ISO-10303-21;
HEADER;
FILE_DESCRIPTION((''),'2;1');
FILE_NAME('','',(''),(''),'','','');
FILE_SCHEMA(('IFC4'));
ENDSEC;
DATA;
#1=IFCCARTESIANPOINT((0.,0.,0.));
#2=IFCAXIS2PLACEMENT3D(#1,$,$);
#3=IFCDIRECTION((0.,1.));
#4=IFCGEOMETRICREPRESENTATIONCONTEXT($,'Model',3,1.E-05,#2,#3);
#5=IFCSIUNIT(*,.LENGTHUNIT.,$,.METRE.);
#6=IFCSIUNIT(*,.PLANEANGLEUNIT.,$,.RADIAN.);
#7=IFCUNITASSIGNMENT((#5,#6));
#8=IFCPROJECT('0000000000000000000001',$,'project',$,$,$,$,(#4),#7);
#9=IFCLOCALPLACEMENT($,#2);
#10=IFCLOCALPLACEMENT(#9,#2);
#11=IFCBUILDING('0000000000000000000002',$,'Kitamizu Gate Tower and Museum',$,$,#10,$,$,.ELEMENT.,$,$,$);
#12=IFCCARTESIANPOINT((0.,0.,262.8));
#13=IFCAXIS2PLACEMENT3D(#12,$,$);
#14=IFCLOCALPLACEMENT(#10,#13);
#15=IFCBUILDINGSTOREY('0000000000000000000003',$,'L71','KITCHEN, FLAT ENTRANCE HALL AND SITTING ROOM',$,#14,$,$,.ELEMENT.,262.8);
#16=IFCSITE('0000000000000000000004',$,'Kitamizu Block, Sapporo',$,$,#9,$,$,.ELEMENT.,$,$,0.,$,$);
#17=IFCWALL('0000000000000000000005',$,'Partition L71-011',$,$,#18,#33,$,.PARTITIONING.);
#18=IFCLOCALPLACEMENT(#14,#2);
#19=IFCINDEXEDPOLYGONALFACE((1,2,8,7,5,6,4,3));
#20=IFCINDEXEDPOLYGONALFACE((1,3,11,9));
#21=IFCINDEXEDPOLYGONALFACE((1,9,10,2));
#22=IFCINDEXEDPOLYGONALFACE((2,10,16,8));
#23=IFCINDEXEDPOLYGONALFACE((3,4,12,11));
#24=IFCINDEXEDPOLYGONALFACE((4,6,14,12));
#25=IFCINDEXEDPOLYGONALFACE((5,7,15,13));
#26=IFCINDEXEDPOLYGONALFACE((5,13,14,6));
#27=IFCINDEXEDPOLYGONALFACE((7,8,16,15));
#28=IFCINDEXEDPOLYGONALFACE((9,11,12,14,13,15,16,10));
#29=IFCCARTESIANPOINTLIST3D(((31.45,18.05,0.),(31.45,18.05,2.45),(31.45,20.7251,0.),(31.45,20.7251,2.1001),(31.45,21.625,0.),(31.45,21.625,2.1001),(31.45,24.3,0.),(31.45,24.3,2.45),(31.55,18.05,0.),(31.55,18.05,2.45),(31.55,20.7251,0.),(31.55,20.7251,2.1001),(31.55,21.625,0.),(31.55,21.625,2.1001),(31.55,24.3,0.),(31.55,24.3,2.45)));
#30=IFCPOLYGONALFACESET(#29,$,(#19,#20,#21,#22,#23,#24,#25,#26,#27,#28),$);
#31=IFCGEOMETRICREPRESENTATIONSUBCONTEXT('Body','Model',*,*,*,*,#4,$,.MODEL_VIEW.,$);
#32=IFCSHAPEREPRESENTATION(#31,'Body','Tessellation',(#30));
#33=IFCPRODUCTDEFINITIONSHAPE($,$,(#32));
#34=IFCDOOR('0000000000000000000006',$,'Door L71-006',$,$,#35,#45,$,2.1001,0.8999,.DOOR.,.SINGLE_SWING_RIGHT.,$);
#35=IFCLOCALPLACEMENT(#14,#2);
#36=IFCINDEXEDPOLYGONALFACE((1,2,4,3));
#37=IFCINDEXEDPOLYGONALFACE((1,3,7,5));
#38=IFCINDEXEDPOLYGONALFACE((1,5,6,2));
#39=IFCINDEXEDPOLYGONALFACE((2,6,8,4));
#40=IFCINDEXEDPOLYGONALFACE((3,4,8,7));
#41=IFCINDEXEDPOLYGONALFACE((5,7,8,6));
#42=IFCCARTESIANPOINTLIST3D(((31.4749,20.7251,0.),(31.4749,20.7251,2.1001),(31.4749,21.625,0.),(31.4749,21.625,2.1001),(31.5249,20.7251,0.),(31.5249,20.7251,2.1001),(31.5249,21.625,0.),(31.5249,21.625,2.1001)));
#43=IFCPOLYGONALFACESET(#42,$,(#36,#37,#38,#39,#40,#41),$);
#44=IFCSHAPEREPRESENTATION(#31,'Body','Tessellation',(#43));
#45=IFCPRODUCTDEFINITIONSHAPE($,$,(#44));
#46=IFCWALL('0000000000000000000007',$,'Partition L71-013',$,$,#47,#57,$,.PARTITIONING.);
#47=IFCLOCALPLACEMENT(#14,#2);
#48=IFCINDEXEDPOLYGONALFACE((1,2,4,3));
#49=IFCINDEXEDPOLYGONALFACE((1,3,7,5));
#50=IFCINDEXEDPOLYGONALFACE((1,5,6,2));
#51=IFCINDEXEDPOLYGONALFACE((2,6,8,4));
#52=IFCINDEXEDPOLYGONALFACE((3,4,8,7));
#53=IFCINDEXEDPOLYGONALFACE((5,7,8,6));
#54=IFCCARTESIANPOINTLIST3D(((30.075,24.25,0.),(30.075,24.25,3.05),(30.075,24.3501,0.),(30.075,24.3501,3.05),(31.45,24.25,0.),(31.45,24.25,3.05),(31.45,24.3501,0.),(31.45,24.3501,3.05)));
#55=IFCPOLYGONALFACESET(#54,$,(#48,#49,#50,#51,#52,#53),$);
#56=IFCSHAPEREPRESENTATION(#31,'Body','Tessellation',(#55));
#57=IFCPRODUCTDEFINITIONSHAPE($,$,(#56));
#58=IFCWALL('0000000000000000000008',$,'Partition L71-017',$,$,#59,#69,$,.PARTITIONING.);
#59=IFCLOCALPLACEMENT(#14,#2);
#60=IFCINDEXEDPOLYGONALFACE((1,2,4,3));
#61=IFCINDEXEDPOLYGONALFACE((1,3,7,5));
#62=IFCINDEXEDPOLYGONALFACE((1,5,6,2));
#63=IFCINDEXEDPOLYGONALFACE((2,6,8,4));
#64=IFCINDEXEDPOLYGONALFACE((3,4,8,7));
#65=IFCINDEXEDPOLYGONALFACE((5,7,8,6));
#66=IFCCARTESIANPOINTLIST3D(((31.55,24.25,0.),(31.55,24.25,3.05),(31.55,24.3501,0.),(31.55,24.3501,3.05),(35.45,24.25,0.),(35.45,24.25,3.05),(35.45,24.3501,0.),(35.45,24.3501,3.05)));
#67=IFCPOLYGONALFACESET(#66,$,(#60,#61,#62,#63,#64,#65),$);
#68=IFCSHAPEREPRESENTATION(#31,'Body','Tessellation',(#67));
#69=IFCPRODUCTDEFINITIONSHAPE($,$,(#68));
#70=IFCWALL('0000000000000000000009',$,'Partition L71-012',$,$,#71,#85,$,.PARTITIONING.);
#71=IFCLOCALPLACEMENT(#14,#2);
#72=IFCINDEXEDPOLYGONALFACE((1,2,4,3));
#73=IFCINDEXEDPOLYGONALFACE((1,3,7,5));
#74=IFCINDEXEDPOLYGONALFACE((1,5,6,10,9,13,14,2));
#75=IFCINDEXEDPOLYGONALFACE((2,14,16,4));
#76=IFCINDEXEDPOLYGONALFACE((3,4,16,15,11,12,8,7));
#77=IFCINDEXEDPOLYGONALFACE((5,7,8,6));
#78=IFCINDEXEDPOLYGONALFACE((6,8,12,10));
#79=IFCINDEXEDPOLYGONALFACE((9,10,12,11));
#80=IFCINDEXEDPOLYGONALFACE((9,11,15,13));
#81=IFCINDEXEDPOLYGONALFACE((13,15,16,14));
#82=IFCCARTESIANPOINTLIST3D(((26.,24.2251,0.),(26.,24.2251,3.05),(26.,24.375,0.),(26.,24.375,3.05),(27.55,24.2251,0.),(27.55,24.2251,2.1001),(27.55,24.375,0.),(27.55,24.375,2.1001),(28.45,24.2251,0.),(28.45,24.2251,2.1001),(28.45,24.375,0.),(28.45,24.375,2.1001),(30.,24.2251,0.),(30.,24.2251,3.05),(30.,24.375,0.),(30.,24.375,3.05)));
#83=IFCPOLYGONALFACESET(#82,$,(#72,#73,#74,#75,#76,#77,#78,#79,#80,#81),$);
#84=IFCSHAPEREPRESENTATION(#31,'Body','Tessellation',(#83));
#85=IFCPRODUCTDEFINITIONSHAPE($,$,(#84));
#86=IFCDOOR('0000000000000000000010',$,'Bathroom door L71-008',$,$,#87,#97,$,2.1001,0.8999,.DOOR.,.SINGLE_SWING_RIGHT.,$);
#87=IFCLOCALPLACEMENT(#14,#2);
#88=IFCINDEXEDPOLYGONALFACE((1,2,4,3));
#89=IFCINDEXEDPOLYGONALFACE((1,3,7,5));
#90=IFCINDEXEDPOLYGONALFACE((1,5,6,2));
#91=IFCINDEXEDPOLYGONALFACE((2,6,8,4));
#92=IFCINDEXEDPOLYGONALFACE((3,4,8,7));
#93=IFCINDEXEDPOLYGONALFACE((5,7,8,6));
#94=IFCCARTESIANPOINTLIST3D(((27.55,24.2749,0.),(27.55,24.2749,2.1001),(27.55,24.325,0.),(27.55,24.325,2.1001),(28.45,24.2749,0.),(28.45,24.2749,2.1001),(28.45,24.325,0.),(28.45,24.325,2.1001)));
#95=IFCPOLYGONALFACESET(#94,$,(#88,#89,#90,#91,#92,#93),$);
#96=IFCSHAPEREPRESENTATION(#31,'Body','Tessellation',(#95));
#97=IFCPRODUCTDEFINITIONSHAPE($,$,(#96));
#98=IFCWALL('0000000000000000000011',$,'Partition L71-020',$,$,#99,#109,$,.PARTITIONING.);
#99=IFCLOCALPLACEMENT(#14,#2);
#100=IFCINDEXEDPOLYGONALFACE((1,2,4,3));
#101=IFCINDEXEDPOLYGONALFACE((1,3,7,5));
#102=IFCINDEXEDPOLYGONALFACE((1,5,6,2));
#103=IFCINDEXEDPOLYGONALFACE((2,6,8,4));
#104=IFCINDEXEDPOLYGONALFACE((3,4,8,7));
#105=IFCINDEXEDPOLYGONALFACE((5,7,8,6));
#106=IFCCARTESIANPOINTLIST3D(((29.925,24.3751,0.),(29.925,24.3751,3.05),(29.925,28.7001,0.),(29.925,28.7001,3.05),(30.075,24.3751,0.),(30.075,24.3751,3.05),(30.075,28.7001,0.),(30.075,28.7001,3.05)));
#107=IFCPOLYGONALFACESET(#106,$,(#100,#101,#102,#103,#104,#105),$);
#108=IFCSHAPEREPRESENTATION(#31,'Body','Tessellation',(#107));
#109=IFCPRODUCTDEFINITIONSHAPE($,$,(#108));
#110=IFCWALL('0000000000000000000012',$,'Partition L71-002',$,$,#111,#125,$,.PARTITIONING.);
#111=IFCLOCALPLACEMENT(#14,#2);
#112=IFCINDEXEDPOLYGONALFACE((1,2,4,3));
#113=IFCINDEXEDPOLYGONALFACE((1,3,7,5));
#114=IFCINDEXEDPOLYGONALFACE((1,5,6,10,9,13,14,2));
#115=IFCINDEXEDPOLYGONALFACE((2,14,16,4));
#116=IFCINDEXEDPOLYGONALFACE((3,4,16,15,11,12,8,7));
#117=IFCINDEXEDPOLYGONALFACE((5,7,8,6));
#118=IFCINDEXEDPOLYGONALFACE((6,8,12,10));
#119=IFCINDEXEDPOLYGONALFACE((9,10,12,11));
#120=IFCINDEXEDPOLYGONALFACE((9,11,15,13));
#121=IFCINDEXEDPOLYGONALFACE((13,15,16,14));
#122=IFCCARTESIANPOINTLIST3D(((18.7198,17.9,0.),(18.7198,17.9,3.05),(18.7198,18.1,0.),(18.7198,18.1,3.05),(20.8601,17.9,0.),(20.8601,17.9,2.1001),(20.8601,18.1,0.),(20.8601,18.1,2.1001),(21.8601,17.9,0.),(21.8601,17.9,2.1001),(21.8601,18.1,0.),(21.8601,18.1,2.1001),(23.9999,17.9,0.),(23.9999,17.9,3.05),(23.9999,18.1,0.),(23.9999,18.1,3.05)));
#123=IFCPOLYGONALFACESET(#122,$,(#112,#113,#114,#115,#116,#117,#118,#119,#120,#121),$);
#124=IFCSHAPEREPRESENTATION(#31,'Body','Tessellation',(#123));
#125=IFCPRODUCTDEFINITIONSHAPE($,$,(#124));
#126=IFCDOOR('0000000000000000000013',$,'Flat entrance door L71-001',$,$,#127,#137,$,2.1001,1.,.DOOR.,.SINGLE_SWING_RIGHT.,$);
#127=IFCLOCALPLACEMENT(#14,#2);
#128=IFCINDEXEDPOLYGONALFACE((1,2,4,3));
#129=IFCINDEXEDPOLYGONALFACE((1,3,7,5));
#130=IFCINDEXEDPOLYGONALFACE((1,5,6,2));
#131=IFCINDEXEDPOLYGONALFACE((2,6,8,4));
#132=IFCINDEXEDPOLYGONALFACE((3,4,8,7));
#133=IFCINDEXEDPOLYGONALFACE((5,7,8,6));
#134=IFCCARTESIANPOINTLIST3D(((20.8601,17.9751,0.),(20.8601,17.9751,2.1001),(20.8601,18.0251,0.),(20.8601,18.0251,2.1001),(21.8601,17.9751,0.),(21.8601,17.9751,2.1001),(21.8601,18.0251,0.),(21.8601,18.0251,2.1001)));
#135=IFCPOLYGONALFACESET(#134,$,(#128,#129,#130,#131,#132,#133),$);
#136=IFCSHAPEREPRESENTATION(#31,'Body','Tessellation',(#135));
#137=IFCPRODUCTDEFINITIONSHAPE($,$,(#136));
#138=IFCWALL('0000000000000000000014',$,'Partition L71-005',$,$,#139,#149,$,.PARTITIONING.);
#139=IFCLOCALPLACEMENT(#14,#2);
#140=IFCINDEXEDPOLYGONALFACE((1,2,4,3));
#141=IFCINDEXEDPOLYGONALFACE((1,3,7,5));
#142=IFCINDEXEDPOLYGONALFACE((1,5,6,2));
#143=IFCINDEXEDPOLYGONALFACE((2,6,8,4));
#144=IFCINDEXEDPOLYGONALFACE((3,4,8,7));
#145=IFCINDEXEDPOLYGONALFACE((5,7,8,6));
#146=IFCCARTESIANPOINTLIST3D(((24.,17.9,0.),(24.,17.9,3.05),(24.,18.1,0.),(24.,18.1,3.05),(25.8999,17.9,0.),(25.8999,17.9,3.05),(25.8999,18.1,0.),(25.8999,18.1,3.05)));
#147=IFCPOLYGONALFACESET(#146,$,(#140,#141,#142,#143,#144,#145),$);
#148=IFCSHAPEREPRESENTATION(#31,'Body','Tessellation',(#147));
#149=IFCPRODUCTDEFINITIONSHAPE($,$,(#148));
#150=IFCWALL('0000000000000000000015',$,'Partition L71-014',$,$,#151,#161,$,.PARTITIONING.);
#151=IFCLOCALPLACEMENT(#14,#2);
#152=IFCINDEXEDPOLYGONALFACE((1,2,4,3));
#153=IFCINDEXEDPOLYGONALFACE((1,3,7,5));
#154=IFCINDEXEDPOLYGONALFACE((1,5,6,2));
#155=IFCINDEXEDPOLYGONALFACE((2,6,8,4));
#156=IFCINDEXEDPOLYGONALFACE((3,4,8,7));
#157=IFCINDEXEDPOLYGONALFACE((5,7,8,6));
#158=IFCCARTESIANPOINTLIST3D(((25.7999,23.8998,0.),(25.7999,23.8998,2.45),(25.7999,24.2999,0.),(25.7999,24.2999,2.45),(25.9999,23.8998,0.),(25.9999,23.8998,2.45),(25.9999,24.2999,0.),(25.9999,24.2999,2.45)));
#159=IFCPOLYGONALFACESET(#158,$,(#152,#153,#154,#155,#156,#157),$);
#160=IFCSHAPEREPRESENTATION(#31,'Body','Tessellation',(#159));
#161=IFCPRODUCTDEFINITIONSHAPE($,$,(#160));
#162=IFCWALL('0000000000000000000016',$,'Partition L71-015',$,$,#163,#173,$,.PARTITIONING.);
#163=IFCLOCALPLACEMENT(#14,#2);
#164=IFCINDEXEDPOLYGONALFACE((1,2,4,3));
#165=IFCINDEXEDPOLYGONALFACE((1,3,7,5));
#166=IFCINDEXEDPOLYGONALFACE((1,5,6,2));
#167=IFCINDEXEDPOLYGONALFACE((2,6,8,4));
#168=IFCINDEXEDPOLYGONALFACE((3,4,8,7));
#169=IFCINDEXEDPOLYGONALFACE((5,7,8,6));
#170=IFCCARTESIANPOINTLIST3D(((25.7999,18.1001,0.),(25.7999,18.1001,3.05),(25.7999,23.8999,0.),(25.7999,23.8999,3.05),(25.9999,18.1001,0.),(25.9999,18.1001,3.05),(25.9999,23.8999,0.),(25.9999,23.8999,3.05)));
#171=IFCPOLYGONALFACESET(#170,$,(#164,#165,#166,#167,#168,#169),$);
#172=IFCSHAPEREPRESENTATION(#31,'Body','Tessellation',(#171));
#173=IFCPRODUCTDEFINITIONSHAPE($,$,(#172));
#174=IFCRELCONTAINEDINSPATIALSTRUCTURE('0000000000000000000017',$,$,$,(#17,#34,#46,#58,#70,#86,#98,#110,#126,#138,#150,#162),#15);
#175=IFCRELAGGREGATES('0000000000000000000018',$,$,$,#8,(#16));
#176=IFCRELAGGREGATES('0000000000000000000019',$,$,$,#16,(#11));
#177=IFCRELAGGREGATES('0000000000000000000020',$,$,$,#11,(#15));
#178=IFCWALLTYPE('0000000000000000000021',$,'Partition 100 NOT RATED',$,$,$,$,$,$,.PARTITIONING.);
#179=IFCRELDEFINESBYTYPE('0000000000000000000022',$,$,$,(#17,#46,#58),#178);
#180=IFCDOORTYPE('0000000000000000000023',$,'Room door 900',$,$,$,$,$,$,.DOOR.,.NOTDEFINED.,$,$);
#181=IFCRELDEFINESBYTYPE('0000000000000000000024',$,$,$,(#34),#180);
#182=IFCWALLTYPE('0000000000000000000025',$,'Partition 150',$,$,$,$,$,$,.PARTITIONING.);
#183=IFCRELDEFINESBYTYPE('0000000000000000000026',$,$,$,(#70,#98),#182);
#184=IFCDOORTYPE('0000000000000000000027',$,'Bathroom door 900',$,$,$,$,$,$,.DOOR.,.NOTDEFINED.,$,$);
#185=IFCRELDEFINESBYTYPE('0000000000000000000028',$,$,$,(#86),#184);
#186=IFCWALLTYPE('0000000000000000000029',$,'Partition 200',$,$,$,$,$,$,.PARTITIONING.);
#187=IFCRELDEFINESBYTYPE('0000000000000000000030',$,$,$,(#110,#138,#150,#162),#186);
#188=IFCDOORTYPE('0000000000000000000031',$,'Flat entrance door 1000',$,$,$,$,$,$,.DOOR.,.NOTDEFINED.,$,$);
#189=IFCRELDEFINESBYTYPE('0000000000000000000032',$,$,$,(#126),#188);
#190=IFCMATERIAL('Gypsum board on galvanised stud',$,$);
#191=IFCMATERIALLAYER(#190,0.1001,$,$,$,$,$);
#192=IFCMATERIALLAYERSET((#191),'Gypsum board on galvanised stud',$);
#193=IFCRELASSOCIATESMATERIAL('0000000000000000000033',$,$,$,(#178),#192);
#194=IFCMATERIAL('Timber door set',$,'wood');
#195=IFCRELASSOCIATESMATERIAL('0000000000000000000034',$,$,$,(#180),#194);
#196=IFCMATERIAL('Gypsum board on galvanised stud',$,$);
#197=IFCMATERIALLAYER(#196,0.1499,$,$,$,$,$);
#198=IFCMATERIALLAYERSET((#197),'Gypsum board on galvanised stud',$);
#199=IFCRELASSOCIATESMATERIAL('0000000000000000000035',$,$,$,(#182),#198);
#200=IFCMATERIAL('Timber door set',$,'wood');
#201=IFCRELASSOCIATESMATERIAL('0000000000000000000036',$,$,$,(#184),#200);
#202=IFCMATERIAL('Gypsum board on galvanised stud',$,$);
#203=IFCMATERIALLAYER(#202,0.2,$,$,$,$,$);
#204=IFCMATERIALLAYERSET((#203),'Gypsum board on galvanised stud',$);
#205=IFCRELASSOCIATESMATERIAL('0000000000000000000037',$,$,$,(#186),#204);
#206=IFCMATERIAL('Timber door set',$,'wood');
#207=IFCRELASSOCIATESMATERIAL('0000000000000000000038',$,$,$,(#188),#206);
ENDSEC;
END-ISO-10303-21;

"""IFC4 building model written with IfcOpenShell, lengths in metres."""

from ifc_helpers import new_model, si_unit, direction, frame, frame_2d, origin, place, context, subcontext, project, spatial, rectangle, extrude, material, layer, layer_set, type_object, element, fill, save


model = new_model("IFC4")

# Units and contexts
model_context = context("Model", 3, precision=1e-05, world=origin(), true_north=direction((0.0, 1.0)))
body_context = subcontext(model_context, "Body", "Model", "MODEL_VIEW")
ifc_project = project(units=[si_unit("LENGTHUNIT", "METRE"), si_unit("PLANEANGLEUNIT", "RADIAN")], contexts=[model_context])

# Site, building, storey
site_placement = place(None, origin())
site = spatial("IfcSite", under=ifc_project, at=site_placement, Name="Kitamizu Block, Sapporo", CompositionType="ELEMENT", RefElevation=0.0)
building_placement = place(site_placement, origin())
building = spatial("IfcBuilding", under=site, at=building_placement, Name="Kitamizu Gate Tower and Museum", CompositionType="ELEMENT")
storey_placement = place(building_placement, frame((0.0, 0.0, 262.8)))
storey = spatial("IfcBuildingStorey", under=building, at=storey_placement, Name="L71", Description="KITCHEN, FLAT ENTRANCE HALL AND SITTING ROOM", CompositionType="ELEMENT", Elevation=262.8)

# Shared definitions
ifc_material_1 = material(Name="Gypsum board on galvanised stud")
ifc_layer_1 = layer(ifc_material_1, 0.1001)
ifc_layer_set_1 = layer_set([ifc_layer_1], Name="Gypsum board on galvanised stud")
wall_type_1 = type_object("IfcWallType", Name="Partition 100 NOT RATED", PredefinedType="PARTITIONING", material=ifc_layer_set_1)
ifc_material_2 = material(Name="Timber door set", Category="wood")
door_type_1 = type_object("IfcDoorType", Name="Room door 900", OperationType="NOTDEFINED", PredefinedType="DOOR", material=ifc_material_2)

# Wall, opening, door
wall_1_placement = place(storey_placement, frame((31.5, 18.05, 0.0), z_axis=(0.0, 0.0, 1.0), x_axis=(0.0, 1.0, 0.0)))
wall_1 = element("IfcWall", 1, at=wall_1_placement, inside=storey, type_object=wall_type_1, Name="Partition L71-011", PredefinedType="PARTITIONING", context=body_context, shape_type="SweptSolid", body=[
    extrude(rectangle(XDim=6.25, YDim=0.1001, at=frame_2d((3.125, 0.0))), origin(), (0.0, 0.0, 1.0), 2.45),
])
opening_1_placement = place(wall_1_placement, frame((2.675, 0.0, 0.0)))
opening_1 = element("IfcOpeningElement", 2, at=opening_1_placement, cuts=wall_1, PredefinedType="OPENING", context=body_context, shape_type="SweptSolid", body=[
    extrude(rectangle(XDim=0.8999, YDim=2.1001, at=frame_2d((0.45, 1.05))), frame((0.0, 0.0601, 0.0), z_axis=(0.0, -1.0, 0.0), x_axis=(1.0, 0.0, 0.0)), (0.0, 0.0, 1.0), 0.1201),
])
door_1_placement = place(opening_1_placement, frame((0.8999, 0.0, 0.0), x_axis=(-1.0, 0.0, 0.0)))
door_1 = element("IfcDoor", 3, at=door_1_placement, inside=storey, type_object=door_type_1, Name="Door L71-006", OperationType="SINGLE_SWING_RIGHT", OverallHeight=2.1001, OverallWidth=0.8999, PredefinedType="DOOR", context=body_context, shape_type="SweptSolid", body=[
    extrude(rectangle(XDim=0.8999, YDim=2.1001, at=frame_2d((0.45, 1.05))), frame((0.0, 0.0249, 0.0), z_axis=(0.0, -1.0, 0.0), x_axis=(1.0, 0.0, 0.0)), (0.0, 0.0, 1.0), 0.05),
])
fill(opening_1, door_1)

# Walls
wall_2_placement = place(storey_placement, frame((31.45, 24.3, 0.0), z_axis=(0.0, 0.0, 1.0), x_axis=(-1.0, 0.0, 0.0)))
element("IfcWall", 4, at=wall_2_placement, inside=storey, type_object=wall_type_1, Name="Partition L71-013", PredefinedType="PARTITIONING", context=body_context, shape_type="SweptSolid", body=[
    extrude(rectangle(XDim=1.375, YDim=0.1001, at=frame_2d((0.6875, 0.0))), origin(), (0.0, 0.0, 1.0), 3.05),
])
wall_3_placement = place(storey_placement, frame((35.45, 24.3, 0.0), z_axis=(0.0, 0.0, 1.0), x_axis=(-1.0, 0.0, 0.0)))
element("IfcWall", 5, at=wall_3_placement, inside=storey, type_object=wall_type_1, Name="Partition L71-017", PredefinedType="PARTITIONING", context=body_context, shape_type="SweptSolid", body=[
    extrude(rectangle(XDim=3.8999, YDim=0.1001, at=frame_2d((1.95, 0.0))), origin(), (0.0, 0.0, 1.0), 3.05),
])

# Wall, opening, door
ifc_material_3 = material(Name="Gypsum board on galvanised stud")
ifc_layer_2 = layer(ifc_material_3, 0.1499)
ifc_layer_set_2 = layer_set([ifc_layer_2], Name="Gypsum board on galvanised stud")
wall_type_2 = type_object("IfcWallType", Name="Partition 150", PredefinedType="PARTITIONING", material=ifc_layer_set_2)
wall_4_placement = place(storey_placement, frame((30.0, 24.3, 0.0), z_axis=(0.0, 0.0, 1.0), x_axis=(-1.0, 0.0, 0.0)))
wall_4 = element("IfcWall", 6, at=wall_4_placement, inside=storey, type_object=wall_type_2, Name="Partition L71-012", PredefinedType="PARTITIONING", context=body_context, shape_type="SweptSolid", body=[
    extrude(rectangle(XDim=4.0, YDim=0.1499, at=frame_2d((2.0, 0.0))), origin(), (0.0, 0.0, 1.0), 3.05),
])
opening_2_placement = place(wall_4_placement, frame((1.55, 0.0, 0.0)))
opening_2 = element("IfcOpeningElement", 7, at=opening_2_placement, cuts=wall_4, PredefinedType="OPENING", context=body_context, shape_type="SweptSolid", body=[
    extrude(rectangle(XDim=0.8999, YDim=2.1001, at=frame_2d((0.45, 1.05))), frame((0.0, 0.085, 0.0), z_axis=(0.0, -1.0, 0.0), x_axis=(1.0, 0.0, 0.0)), (0.0, 0.0, 1.0), 0.1699),
])
ifc_material_4 = material(Name="Timber door set", Category="wood")
door_type_2 = type_object("IfcDoorType", Name="Bathroom door 900", OperationType="NOTDEFINED", PredefinedType="DOOR", material=ifc_material_4)
door_2_placement = place(opening_2_placement, frame((0.8999, 0.0, 0.0), x_axis=(-1.0, 0.0, 0.0)))
door_2 = element("IfcDoor", 8, at=door_2_placement, inside=storey, type_object=door_type_2, Name="Bathroom door L71-008", OperationType="SINGLE_SWING_RIGHT", OverallHeight=2.1001, OverallWidth=0.8999, PredefinedType="DOOR", context=body_context, shape_type="SweptSolid", body=[
    extrude(rectangle(XDim=0.8999, YDim=2.1001, at=frame_2d((0.45, 1.05))), frame((0.0, 0.0249, 0.0), z_axis=(0.0, -1.0, 0.0), x_axis=(1.0, 0.0, 0.0)), (0.0, 0.0, 1.0), 0.05),
])
fill(opening_2, door_2)

# Wall
wall_5_placement = place(storey_placement, frame((30.0, 24.375, 0.0), z_axis=(0.0, 0.0, 1.0), x_axis=(0.0, 1.0, 0.0)))
element("IfcWall", 9, at=wall_5_placement, inside=storey, type_object=wall_type_2, Name="Partition L71-020", PredefinedType="PARTITIONING", context=body_context, shape_type="SweptSolid", body=[
    extrude(rectangle(XDim=4.325, YDim=0.1499, at=frame_2d((2.1626, 0.0))), origin(), (0.0, 0.0, 1.0), 3.05),
])

# Wall, opening, door
ifc_material_5 = material(Name="Gypsum board on galvanised stud")
ifc_layer_3 = layer(ifc_material_5, 0.2)
ifc_layer_set_3 = layer_set([ifc_layer_3], Name="Gypsum board on galvanised stud")
wall_type_3 = type_object("IfcWallType", Name="Partition 200", PredefinedType="PARTITIONING", material=ifc_layer_set_3)
wall_6_placement = place(storey_placement, frame((24.0, 18.0, 0.0), z_axis=(0.0, 0.0, 1.0), x_axis=(-1.0, 0.0, 0.0)))
wall_6 = element("IfcWall", 10, at=wall_6_placement, inside=storey, type_object=wall_type_3, Name="Partition L71-002", PredefinedType="PARTITIONING", context=body_context, shape_type="SweptSolid", body=[
    extrude(rectangle(XDim=5.28, YDim=0.2, at=frame_2d((2.6401, 0.0))), origin(), (0.0, 0.0, 1.0), 3.05),
])
opening_3_placement = place(wall_6_placement, frame((2.1399, 0.0, 0.0)))
opening_3 = element("IfcOpeningElement", 11, at=opening_3_placement, cuts=wall_6, PredefinedType="OPENING", context=body_context, shape_type="SweptSolid", body=[
    extrude(rectangle(XDim=1.0, YDim=2.1001, at=frame_2d((0.5, 1.05))), frame((0.0, 0.1099, 0.0), z_axis=(0.0, -1.0, 0.0), x_axis=(1.0, 0.0, 0.0)), (0.0, 0.0, 1.0), 0.22),
])
ifc_material_6 = material(Name="Timber door set", Category="wood")
door_type_3 = type_object("IfcDoorType", Name="Flat entrance door 1000", OperationType="NOTDEFINED", PredefinedType="DOOR", material=ifc_material_6)
door_3_placement = place(opening_3_placement, origin())
door_3 = element("IfcDoor", 12, at=door_3_placement, inside=storey, type_object=door_type_3, Name="Flat entrance door L71-001", OperationType="SINGLE_SWING_RIGHT", OverallHeight=2.1001, OverallWidth=1.0, PredefinedType="DOOR", context=body_context, shape_type="SweptSolid", body=[
    extrude(rectangle(XDim=1.0, YDim=2.1001, at=frame_2d((0.5, 1.05))), frame((0.0, 0.0249, 0.0), z_axis=(0.0, -1.0, 0.0), x_axis=(1.0, 0.0, 0.0)), (0.0, 0.0, 1.0), 0.05),
])
fill(opening_3, door_3)

# Walls
wall_7_placement = place(storey_placement, frame((25.8999, 18.0, 0.0), z_axis=(0.0, 0.0, 1.0), x_axis=(-1.0, 0.0, 0.0)))
element("IfcWall", 13, at=wall_7_placement, inside=storey, type_object=wall_type_3, Name="Partition L71-005", PredefinedType="PARTITIONING", context=body_context, shape_type="SweptSolid", body=[
    extrude(rectangle(XDim=1.8999, YDim=0.2, at=frame_2d((0.95, 0.0))), origin(), (0.0, 0.0, 1.0), 3.05),
])
wall_8_placement = place(storey_placement, frame((25.8999, 24.3, 0.0), z_axis=(0.0, 0.0, 1.0), x_axis=(0.0, -1.0, 0.0)))
element("IfcWall", 14, at=wall_8_placement, inside=storey, type_object=wall_type_3, Name="Partition L71-014", PredefinedType="PARTITIONING", context=body_context, shape_type="SweptSolid", body=[
    extrude(rectangle(XDim=0.4001, YDim=0.2, at=frame_2d((0.2002, 0.0))), origin(), (0.0, 0.0, 1.0), 2.45),
])
wall_9_placement = place(storey_placement, frame((25.8999, 23.8999, 0.0), z_axis=(0.0, 0.0, 1.0), x_axis=(0.0, -1.0, 0.0)))
element("IfcWall", 15, at=wall_9_placement, inside=storey, type_object=wall_type_3, Name="Partition L71-015", PredefinedType="PARTITIONING", context=body_context, shape_type="SweptSolid", body=[
    extrude(rectangle(XDim=5.7998, YDim=0.2, at=frame_2d((2.8999, 0.0))), origin(), (0.0, 0.0, 1.0), 3.05),
])

save(model, "model.ifc")
